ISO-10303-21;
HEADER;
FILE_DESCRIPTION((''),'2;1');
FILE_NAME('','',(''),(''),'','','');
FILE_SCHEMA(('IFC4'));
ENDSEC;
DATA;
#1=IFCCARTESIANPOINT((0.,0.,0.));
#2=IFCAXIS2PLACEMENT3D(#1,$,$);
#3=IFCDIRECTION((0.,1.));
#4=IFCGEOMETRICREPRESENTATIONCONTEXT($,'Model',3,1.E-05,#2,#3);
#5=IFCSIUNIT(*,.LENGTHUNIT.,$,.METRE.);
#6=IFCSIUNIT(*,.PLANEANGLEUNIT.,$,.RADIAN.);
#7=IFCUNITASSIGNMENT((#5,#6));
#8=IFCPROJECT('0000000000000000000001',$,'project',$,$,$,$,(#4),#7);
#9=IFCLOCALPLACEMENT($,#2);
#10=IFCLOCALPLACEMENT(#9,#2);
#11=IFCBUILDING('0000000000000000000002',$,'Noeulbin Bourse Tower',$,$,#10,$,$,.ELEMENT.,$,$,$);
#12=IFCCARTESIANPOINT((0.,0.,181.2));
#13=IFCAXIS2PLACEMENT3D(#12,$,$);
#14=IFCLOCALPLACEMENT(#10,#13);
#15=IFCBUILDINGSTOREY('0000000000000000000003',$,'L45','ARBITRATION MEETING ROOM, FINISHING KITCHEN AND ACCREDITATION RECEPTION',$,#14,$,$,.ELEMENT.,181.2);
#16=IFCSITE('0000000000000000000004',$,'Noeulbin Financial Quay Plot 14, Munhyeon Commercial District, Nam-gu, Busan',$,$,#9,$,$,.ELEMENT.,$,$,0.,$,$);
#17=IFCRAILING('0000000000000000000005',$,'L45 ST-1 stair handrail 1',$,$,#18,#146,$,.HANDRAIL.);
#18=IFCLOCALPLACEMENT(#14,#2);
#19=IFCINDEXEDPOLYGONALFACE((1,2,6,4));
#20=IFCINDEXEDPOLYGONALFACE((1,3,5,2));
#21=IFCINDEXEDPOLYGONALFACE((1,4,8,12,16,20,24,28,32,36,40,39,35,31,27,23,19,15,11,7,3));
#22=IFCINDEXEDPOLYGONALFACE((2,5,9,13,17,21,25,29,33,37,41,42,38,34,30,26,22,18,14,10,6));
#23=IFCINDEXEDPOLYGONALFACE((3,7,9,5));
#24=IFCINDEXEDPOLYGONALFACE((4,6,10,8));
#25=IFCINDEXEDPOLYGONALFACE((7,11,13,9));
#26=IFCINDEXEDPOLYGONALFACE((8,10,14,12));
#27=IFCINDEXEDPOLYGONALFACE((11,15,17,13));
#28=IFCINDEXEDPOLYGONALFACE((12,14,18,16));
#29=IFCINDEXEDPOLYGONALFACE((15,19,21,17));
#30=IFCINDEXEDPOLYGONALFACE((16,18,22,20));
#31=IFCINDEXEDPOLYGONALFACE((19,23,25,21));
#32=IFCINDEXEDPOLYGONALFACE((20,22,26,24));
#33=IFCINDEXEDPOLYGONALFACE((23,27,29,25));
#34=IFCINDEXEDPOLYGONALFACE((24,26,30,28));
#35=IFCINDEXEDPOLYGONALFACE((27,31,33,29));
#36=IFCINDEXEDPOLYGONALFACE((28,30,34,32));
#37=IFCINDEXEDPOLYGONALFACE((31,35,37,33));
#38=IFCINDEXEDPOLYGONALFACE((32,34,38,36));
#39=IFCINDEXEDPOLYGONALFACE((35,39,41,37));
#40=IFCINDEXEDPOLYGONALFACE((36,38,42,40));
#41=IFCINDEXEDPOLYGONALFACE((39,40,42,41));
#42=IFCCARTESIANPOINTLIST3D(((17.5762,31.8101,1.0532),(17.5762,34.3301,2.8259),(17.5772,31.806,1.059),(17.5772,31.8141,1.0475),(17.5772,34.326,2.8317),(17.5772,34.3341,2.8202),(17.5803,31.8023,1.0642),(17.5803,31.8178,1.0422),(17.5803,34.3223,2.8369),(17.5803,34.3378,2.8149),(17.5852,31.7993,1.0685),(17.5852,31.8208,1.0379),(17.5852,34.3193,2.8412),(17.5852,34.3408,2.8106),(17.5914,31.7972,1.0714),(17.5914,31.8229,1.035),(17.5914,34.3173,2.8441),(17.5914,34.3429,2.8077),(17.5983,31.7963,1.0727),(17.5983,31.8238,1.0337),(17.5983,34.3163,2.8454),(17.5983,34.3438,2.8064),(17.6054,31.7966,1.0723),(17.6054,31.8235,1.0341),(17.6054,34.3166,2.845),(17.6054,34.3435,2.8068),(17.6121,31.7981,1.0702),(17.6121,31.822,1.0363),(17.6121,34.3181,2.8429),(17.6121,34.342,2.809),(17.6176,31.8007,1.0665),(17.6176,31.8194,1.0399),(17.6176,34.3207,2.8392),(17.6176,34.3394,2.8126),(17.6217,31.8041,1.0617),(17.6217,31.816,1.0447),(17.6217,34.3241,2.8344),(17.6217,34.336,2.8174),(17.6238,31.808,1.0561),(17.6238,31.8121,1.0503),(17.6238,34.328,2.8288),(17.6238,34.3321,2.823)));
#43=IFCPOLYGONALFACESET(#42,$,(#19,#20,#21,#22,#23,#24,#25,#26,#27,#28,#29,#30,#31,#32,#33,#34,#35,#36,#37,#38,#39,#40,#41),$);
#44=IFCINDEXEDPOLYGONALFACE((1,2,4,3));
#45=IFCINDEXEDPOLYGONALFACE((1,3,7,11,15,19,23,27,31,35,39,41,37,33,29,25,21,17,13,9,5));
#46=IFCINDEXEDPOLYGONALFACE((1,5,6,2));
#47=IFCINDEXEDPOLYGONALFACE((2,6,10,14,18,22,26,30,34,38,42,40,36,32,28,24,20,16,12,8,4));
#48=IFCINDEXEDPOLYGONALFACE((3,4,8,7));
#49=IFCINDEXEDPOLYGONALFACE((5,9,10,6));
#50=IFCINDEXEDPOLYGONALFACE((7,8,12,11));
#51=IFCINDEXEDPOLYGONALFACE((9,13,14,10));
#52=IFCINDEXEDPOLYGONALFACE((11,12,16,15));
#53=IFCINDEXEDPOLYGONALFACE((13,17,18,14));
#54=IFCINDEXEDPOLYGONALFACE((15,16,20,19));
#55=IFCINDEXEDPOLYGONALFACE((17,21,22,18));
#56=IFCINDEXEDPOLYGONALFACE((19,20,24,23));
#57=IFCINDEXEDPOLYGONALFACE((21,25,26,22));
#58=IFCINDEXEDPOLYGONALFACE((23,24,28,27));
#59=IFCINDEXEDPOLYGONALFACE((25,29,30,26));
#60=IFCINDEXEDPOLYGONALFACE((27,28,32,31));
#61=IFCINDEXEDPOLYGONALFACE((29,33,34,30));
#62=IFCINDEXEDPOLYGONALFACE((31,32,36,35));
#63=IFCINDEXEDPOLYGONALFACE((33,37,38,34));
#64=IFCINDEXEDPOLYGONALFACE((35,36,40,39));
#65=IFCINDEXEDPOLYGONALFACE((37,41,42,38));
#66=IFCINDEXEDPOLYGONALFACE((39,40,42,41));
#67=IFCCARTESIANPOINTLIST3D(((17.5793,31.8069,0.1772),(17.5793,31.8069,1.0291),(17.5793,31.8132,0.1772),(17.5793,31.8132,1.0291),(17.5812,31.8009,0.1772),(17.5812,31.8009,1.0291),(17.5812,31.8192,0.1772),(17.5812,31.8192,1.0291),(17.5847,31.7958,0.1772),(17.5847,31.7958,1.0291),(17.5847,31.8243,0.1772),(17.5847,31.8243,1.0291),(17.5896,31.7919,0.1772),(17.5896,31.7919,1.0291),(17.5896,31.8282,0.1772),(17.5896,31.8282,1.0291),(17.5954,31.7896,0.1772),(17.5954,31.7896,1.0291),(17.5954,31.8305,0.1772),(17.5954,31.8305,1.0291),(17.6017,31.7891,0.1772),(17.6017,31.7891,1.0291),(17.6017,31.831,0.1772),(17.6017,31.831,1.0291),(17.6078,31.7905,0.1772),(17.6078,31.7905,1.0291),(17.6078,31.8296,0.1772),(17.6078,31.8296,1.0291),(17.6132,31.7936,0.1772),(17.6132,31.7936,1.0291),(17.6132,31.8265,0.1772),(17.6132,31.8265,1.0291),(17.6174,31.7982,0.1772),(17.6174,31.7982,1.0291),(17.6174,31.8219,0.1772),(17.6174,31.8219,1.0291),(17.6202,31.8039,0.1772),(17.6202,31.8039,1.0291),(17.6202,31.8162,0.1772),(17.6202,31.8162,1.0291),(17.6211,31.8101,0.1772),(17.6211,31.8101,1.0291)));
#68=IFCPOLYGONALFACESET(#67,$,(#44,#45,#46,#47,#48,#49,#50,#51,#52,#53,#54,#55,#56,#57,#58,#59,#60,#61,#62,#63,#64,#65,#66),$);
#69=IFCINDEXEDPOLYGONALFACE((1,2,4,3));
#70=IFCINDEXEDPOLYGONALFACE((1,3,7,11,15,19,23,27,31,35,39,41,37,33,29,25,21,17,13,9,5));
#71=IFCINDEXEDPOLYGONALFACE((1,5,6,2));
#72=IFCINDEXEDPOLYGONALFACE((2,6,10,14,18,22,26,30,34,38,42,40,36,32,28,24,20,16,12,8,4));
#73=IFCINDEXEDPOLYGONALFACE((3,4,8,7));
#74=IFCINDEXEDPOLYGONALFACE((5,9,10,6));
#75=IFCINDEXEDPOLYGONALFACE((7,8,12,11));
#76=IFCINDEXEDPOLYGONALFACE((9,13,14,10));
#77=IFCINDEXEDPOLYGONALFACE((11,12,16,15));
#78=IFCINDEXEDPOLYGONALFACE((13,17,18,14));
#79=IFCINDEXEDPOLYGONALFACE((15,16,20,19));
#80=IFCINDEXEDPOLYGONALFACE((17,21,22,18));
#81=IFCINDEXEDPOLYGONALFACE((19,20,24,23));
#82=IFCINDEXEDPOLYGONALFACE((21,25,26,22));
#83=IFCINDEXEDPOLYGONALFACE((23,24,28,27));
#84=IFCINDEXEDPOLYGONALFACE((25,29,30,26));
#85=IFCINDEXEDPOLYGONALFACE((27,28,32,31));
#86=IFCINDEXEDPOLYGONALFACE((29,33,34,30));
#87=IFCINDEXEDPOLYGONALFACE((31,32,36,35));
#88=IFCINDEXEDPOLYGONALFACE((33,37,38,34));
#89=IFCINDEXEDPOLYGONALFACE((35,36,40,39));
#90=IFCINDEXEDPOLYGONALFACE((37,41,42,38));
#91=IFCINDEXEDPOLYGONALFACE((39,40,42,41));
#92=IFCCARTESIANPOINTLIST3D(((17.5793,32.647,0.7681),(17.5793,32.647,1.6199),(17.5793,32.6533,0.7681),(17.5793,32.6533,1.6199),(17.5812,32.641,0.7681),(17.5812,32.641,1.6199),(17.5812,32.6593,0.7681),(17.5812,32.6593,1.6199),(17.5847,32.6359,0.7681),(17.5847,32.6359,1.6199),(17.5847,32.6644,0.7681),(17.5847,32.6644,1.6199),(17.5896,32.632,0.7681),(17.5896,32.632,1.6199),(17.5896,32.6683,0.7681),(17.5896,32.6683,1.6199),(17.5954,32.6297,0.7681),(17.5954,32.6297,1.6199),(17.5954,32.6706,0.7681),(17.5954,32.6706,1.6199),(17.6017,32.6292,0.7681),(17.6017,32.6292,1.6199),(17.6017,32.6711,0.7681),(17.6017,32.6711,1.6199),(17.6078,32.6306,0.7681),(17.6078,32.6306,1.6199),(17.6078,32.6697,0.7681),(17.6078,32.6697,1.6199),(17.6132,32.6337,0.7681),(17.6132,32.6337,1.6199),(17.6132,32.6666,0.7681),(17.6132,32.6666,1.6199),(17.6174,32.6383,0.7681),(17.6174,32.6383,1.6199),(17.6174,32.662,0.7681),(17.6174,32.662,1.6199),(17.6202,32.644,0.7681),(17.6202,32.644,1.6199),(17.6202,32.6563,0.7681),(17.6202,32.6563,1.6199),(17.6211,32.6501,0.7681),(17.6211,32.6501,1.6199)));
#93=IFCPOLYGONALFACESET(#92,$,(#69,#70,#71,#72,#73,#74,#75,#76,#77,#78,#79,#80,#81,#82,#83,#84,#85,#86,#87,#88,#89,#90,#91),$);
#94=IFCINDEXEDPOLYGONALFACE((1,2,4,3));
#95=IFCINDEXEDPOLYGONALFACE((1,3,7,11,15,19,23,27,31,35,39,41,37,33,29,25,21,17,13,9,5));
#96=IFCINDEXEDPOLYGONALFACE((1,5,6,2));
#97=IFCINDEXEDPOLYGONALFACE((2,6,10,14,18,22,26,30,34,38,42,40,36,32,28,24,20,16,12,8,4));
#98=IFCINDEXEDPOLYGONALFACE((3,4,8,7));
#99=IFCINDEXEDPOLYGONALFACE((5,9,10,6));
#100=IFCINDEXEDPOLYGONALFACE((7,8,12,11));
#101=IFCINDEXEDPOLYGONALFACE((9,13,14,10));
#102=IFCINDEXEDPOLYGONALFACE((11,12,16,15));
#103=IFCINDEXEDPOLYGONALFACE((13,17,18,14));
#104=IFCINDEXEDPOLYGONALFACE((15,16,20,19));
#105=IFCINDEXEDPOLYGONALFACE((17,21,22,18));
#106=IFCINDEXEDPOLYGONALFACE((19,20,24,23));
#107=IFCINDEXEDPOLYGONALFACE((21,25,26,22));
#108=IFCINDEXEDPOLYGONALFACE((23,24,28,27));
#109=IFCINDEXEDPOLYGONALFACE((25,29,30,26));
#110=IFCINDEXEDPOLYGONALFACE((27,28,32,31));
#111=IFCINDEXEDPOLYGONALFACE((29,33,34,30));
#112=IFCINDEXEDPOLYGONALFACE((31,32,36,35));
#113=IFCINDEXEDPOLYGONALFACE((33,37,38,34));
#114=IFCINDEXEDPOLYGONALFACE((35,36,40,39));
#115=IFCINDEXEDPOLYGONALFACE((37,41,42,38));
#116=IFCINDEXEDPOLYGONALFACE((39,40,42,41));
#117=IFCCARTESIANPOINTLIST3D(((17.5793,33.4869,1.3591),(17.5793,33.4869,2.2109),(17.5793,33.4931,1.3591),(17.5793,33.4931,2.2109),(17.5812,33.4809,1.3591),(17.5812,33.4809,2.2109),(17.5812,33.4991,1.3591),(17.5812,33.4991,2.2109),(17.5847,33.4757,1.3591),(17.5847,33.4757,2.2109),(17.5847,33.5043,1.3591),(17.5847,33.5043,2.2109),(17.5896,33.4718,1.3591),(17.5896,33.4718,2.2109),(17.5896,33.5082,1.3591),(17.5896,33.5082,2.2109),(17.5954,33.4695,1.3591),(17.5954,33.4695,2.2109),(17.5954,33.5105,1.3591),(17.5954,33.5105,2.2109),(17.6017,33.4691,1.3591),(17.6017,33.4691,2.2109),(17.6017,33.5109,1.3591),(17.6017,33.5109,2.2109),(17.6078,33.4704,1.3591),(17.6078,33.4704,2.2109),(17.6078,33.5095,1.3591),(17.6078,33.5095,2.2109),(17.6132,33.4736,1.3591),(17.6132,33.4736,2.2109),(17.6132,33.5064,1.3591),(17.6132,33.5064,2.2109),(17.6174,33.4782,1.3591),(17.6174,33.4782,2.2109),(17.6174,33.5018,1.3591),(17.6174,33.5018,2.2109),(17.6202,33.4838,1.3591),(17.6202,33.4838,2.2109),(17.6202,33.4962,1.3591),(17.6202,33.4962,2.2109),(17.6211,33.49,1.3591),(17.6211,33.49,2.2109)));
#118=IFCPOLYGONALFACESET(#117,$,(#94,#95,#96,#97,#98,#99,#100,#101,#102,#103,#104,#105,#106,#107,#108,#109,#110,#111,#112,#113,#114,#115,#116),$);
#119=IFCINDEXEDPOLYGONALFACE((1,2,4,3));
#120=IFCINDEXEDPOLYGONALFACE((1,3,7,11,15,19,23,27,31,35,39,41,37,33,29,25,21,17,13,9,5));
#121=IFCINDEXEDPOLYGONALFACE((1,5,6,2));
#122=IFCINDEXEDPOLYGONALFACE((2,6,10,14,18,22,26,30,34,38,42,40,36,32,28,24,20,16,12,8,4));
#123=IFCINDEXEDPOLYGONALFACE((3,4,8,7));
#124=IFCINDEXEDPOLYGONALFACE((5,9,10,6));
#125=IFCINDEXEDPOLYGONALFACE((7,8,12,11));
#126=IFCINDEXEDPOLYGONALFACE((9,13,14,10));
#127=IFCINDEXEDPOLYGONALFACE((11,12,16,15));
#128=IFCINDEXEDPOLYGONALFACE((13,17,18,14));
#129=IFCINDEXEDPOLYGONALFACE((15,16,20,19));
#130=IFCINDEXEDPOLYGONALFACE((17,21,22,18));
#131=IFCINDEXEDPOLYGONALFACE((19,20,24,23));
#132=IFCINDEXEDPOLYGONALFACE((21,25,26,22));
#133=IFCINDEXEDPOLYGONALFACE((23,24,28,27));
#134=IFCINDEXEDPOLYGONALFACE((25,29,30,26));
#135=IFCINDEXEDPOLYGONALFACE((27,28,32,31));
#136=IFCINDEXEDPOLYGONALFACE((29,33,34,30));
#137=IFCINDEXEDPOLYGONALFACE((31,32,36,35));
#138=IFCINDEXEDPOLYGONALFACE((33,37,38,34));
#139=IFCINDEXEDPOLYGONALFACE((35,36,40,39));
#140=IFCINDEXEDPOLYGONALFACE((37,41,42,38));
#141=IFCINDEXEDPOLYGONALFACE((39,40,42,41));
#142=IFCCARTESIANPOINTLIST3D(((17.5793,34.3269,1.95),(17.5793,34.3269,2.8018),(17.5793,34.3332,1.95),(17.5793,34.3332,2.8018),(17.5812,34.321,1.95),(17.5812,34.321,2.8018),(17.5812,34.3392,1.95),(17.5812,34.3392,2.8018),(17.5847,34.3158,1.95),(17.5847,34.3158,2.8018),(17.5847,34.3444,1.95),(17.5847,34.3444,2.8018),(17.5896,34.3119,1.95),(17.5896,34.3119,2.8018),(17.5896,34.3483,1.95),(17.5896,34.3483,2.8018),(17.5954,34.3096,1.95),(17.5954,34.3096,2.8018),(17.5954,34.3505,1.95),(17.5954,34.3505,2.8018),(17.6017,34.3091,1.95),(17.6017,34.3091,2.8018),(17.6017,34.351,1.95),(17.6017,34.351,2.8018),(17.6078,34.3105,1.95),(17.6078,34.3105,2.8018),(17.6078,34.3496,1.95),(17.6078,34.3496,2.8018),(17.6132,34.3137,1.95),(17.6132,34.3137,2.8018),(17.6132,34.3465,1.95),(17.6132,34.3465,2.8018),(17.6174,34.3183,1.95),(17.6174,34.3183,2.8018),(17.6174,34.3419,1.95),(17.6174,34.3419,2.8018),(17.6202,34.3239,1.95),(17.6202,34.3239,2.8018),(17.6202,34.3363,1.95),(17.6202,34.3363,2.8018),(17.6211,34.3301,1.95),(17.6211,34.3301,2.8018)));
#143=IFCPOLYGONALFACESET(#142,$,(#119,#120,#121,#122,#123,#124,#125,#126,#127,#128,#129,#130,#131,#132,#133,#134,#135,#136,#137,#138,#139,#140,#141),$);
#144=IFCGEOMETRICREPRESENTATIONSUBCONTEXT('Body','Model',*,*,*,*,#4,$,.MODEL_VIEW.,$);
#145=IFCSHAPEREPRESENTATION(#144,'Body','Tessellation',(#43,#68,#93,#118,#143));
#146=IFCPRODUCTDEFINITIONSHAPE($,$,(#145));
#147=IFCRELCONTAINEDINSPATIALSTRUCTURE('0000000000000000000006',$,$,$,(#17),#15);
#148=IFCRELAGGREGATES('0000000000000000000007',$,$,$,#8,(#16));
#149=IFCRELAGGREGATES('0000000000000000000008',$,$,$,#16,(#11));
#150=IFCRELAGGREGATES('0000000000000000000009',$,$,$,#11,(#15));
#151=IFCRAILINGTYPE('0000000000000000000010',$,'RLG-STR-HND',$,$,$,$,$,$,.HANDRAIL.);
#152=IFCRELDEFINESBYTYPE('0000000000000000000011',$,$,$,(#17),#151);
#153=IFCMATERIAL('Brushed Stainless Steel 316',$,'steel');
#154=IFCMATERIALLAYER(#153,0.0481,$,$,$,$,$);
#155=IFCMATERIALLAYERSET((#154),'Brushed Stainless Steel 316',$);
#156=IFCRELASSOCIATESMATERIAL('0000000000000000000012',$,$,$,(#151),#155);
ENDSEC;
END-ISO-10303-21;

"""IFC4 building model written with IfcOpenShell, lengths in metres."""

from ifc_helpers import new_model, si_unit, direction, frame, origin, origin_2d, place, context, subcontext, project, spatial, circle, extrude, material, layer, layer_set, type_object, element, save


model = new_model("IFC4")

# Units and contexts
model_context = context("Model", 3, precision=1e-05, world=origin(), true_north=direction((0.0, 1.0)))
body_context = subcontext(model_context, "Body", "Model", "MODEL_VIEW")
ifc_project = project(units=[si_unit("LENGTHUNIT", "METRE"), si_unit("PLANEANGLEUNIT", "RADIAN")], contexts=[model_context])

# Site, building, storey
site_placement = place(None, origin())
site = spatial("IfcSite", under=ifc_project, at=site_placement, Name="Noeulbin Financial Quay Plot 14, Munhyeon Commercial District, Nam-gu, Busan", CompositionType="ELEMENT", RefElevation=0.0)
building_placement = place(site_placement, origin())
building = spatial("IfcBuilding", under=site, at=building_placement, Name="Noeulbin Bourse Tower", CompositionType="ELEMENT")
storey_placement = place(building_placement, frame((0.0, 0.0, 181.2)))
storey = spatial("IfcBuildingStorey", under=building, at=storey_placement, Name="L45", Description="ARBITRATION MEETING ROOM, FINISHING KITCHEN AND ACCREDITATION RECEPTION", CompositionType="ELEMENT", Elevation=181.2)

# Shared definitions
ifc_material_1 = material(Name="Brushed Stainless Steel 316", Category="steel")

# Railing
ifc_layer_1 = layer(ifc_material_1, 0.0481)
ifc_layer_set_1 = layer_set([ifc_layer_1], Name="Brushed Stainless Steel 316")
railing_type_1 = type_object("IfcRailingType", Name="RLG-STR-HND", PredefinedType="HANDRAIL", material=ifc_layer_set_1)
railing_1_placement = place(storey_placement, frame((17.6001, 31.8101, 0.1772)))
element("IfcRailing", 1, at=railing_1_placement, inside=storey, type_object=railing_type_1, Name="L45 ST-1 stair handrail 1", PredefinedType="HANDRAIL", context=body_context, shape_type="SweptSolid", body=[
    extrude(circle(Radius=0.0239, at=origin_2d()), frame((0.0, 0.0, 0.876), z_axis=(0.0, 0.817904, 0.575354), x_axis=(-1.0, 0.0, 0.0)), (0.0, 0.0, 1.0), 3.0811),
    extrude(circle(Radius=0.021, at=origin_2d()), origin(), (0.0, 0.0, 1.0), 0.8518),
    extrude(circle(Radius=0.021, at=origin_2d()), frame((0.0, 0.8401, 0.5908)), (0.0, 0.0, 1.0), 0.8518),
    extrude(circle(Radius=0.021, at=origin_2d()), frame((0.0, 1.6799, 1.1819)), (0.0, 0.0, 1.0), 0.8518),
    extrude(circle(Radius=0.021, at=origin_2d()), frame((0.0, 2.52, 1.7727)), (0.0, 0.0, 1.0), 0.8518),
])

save(model, "model.ifc")
